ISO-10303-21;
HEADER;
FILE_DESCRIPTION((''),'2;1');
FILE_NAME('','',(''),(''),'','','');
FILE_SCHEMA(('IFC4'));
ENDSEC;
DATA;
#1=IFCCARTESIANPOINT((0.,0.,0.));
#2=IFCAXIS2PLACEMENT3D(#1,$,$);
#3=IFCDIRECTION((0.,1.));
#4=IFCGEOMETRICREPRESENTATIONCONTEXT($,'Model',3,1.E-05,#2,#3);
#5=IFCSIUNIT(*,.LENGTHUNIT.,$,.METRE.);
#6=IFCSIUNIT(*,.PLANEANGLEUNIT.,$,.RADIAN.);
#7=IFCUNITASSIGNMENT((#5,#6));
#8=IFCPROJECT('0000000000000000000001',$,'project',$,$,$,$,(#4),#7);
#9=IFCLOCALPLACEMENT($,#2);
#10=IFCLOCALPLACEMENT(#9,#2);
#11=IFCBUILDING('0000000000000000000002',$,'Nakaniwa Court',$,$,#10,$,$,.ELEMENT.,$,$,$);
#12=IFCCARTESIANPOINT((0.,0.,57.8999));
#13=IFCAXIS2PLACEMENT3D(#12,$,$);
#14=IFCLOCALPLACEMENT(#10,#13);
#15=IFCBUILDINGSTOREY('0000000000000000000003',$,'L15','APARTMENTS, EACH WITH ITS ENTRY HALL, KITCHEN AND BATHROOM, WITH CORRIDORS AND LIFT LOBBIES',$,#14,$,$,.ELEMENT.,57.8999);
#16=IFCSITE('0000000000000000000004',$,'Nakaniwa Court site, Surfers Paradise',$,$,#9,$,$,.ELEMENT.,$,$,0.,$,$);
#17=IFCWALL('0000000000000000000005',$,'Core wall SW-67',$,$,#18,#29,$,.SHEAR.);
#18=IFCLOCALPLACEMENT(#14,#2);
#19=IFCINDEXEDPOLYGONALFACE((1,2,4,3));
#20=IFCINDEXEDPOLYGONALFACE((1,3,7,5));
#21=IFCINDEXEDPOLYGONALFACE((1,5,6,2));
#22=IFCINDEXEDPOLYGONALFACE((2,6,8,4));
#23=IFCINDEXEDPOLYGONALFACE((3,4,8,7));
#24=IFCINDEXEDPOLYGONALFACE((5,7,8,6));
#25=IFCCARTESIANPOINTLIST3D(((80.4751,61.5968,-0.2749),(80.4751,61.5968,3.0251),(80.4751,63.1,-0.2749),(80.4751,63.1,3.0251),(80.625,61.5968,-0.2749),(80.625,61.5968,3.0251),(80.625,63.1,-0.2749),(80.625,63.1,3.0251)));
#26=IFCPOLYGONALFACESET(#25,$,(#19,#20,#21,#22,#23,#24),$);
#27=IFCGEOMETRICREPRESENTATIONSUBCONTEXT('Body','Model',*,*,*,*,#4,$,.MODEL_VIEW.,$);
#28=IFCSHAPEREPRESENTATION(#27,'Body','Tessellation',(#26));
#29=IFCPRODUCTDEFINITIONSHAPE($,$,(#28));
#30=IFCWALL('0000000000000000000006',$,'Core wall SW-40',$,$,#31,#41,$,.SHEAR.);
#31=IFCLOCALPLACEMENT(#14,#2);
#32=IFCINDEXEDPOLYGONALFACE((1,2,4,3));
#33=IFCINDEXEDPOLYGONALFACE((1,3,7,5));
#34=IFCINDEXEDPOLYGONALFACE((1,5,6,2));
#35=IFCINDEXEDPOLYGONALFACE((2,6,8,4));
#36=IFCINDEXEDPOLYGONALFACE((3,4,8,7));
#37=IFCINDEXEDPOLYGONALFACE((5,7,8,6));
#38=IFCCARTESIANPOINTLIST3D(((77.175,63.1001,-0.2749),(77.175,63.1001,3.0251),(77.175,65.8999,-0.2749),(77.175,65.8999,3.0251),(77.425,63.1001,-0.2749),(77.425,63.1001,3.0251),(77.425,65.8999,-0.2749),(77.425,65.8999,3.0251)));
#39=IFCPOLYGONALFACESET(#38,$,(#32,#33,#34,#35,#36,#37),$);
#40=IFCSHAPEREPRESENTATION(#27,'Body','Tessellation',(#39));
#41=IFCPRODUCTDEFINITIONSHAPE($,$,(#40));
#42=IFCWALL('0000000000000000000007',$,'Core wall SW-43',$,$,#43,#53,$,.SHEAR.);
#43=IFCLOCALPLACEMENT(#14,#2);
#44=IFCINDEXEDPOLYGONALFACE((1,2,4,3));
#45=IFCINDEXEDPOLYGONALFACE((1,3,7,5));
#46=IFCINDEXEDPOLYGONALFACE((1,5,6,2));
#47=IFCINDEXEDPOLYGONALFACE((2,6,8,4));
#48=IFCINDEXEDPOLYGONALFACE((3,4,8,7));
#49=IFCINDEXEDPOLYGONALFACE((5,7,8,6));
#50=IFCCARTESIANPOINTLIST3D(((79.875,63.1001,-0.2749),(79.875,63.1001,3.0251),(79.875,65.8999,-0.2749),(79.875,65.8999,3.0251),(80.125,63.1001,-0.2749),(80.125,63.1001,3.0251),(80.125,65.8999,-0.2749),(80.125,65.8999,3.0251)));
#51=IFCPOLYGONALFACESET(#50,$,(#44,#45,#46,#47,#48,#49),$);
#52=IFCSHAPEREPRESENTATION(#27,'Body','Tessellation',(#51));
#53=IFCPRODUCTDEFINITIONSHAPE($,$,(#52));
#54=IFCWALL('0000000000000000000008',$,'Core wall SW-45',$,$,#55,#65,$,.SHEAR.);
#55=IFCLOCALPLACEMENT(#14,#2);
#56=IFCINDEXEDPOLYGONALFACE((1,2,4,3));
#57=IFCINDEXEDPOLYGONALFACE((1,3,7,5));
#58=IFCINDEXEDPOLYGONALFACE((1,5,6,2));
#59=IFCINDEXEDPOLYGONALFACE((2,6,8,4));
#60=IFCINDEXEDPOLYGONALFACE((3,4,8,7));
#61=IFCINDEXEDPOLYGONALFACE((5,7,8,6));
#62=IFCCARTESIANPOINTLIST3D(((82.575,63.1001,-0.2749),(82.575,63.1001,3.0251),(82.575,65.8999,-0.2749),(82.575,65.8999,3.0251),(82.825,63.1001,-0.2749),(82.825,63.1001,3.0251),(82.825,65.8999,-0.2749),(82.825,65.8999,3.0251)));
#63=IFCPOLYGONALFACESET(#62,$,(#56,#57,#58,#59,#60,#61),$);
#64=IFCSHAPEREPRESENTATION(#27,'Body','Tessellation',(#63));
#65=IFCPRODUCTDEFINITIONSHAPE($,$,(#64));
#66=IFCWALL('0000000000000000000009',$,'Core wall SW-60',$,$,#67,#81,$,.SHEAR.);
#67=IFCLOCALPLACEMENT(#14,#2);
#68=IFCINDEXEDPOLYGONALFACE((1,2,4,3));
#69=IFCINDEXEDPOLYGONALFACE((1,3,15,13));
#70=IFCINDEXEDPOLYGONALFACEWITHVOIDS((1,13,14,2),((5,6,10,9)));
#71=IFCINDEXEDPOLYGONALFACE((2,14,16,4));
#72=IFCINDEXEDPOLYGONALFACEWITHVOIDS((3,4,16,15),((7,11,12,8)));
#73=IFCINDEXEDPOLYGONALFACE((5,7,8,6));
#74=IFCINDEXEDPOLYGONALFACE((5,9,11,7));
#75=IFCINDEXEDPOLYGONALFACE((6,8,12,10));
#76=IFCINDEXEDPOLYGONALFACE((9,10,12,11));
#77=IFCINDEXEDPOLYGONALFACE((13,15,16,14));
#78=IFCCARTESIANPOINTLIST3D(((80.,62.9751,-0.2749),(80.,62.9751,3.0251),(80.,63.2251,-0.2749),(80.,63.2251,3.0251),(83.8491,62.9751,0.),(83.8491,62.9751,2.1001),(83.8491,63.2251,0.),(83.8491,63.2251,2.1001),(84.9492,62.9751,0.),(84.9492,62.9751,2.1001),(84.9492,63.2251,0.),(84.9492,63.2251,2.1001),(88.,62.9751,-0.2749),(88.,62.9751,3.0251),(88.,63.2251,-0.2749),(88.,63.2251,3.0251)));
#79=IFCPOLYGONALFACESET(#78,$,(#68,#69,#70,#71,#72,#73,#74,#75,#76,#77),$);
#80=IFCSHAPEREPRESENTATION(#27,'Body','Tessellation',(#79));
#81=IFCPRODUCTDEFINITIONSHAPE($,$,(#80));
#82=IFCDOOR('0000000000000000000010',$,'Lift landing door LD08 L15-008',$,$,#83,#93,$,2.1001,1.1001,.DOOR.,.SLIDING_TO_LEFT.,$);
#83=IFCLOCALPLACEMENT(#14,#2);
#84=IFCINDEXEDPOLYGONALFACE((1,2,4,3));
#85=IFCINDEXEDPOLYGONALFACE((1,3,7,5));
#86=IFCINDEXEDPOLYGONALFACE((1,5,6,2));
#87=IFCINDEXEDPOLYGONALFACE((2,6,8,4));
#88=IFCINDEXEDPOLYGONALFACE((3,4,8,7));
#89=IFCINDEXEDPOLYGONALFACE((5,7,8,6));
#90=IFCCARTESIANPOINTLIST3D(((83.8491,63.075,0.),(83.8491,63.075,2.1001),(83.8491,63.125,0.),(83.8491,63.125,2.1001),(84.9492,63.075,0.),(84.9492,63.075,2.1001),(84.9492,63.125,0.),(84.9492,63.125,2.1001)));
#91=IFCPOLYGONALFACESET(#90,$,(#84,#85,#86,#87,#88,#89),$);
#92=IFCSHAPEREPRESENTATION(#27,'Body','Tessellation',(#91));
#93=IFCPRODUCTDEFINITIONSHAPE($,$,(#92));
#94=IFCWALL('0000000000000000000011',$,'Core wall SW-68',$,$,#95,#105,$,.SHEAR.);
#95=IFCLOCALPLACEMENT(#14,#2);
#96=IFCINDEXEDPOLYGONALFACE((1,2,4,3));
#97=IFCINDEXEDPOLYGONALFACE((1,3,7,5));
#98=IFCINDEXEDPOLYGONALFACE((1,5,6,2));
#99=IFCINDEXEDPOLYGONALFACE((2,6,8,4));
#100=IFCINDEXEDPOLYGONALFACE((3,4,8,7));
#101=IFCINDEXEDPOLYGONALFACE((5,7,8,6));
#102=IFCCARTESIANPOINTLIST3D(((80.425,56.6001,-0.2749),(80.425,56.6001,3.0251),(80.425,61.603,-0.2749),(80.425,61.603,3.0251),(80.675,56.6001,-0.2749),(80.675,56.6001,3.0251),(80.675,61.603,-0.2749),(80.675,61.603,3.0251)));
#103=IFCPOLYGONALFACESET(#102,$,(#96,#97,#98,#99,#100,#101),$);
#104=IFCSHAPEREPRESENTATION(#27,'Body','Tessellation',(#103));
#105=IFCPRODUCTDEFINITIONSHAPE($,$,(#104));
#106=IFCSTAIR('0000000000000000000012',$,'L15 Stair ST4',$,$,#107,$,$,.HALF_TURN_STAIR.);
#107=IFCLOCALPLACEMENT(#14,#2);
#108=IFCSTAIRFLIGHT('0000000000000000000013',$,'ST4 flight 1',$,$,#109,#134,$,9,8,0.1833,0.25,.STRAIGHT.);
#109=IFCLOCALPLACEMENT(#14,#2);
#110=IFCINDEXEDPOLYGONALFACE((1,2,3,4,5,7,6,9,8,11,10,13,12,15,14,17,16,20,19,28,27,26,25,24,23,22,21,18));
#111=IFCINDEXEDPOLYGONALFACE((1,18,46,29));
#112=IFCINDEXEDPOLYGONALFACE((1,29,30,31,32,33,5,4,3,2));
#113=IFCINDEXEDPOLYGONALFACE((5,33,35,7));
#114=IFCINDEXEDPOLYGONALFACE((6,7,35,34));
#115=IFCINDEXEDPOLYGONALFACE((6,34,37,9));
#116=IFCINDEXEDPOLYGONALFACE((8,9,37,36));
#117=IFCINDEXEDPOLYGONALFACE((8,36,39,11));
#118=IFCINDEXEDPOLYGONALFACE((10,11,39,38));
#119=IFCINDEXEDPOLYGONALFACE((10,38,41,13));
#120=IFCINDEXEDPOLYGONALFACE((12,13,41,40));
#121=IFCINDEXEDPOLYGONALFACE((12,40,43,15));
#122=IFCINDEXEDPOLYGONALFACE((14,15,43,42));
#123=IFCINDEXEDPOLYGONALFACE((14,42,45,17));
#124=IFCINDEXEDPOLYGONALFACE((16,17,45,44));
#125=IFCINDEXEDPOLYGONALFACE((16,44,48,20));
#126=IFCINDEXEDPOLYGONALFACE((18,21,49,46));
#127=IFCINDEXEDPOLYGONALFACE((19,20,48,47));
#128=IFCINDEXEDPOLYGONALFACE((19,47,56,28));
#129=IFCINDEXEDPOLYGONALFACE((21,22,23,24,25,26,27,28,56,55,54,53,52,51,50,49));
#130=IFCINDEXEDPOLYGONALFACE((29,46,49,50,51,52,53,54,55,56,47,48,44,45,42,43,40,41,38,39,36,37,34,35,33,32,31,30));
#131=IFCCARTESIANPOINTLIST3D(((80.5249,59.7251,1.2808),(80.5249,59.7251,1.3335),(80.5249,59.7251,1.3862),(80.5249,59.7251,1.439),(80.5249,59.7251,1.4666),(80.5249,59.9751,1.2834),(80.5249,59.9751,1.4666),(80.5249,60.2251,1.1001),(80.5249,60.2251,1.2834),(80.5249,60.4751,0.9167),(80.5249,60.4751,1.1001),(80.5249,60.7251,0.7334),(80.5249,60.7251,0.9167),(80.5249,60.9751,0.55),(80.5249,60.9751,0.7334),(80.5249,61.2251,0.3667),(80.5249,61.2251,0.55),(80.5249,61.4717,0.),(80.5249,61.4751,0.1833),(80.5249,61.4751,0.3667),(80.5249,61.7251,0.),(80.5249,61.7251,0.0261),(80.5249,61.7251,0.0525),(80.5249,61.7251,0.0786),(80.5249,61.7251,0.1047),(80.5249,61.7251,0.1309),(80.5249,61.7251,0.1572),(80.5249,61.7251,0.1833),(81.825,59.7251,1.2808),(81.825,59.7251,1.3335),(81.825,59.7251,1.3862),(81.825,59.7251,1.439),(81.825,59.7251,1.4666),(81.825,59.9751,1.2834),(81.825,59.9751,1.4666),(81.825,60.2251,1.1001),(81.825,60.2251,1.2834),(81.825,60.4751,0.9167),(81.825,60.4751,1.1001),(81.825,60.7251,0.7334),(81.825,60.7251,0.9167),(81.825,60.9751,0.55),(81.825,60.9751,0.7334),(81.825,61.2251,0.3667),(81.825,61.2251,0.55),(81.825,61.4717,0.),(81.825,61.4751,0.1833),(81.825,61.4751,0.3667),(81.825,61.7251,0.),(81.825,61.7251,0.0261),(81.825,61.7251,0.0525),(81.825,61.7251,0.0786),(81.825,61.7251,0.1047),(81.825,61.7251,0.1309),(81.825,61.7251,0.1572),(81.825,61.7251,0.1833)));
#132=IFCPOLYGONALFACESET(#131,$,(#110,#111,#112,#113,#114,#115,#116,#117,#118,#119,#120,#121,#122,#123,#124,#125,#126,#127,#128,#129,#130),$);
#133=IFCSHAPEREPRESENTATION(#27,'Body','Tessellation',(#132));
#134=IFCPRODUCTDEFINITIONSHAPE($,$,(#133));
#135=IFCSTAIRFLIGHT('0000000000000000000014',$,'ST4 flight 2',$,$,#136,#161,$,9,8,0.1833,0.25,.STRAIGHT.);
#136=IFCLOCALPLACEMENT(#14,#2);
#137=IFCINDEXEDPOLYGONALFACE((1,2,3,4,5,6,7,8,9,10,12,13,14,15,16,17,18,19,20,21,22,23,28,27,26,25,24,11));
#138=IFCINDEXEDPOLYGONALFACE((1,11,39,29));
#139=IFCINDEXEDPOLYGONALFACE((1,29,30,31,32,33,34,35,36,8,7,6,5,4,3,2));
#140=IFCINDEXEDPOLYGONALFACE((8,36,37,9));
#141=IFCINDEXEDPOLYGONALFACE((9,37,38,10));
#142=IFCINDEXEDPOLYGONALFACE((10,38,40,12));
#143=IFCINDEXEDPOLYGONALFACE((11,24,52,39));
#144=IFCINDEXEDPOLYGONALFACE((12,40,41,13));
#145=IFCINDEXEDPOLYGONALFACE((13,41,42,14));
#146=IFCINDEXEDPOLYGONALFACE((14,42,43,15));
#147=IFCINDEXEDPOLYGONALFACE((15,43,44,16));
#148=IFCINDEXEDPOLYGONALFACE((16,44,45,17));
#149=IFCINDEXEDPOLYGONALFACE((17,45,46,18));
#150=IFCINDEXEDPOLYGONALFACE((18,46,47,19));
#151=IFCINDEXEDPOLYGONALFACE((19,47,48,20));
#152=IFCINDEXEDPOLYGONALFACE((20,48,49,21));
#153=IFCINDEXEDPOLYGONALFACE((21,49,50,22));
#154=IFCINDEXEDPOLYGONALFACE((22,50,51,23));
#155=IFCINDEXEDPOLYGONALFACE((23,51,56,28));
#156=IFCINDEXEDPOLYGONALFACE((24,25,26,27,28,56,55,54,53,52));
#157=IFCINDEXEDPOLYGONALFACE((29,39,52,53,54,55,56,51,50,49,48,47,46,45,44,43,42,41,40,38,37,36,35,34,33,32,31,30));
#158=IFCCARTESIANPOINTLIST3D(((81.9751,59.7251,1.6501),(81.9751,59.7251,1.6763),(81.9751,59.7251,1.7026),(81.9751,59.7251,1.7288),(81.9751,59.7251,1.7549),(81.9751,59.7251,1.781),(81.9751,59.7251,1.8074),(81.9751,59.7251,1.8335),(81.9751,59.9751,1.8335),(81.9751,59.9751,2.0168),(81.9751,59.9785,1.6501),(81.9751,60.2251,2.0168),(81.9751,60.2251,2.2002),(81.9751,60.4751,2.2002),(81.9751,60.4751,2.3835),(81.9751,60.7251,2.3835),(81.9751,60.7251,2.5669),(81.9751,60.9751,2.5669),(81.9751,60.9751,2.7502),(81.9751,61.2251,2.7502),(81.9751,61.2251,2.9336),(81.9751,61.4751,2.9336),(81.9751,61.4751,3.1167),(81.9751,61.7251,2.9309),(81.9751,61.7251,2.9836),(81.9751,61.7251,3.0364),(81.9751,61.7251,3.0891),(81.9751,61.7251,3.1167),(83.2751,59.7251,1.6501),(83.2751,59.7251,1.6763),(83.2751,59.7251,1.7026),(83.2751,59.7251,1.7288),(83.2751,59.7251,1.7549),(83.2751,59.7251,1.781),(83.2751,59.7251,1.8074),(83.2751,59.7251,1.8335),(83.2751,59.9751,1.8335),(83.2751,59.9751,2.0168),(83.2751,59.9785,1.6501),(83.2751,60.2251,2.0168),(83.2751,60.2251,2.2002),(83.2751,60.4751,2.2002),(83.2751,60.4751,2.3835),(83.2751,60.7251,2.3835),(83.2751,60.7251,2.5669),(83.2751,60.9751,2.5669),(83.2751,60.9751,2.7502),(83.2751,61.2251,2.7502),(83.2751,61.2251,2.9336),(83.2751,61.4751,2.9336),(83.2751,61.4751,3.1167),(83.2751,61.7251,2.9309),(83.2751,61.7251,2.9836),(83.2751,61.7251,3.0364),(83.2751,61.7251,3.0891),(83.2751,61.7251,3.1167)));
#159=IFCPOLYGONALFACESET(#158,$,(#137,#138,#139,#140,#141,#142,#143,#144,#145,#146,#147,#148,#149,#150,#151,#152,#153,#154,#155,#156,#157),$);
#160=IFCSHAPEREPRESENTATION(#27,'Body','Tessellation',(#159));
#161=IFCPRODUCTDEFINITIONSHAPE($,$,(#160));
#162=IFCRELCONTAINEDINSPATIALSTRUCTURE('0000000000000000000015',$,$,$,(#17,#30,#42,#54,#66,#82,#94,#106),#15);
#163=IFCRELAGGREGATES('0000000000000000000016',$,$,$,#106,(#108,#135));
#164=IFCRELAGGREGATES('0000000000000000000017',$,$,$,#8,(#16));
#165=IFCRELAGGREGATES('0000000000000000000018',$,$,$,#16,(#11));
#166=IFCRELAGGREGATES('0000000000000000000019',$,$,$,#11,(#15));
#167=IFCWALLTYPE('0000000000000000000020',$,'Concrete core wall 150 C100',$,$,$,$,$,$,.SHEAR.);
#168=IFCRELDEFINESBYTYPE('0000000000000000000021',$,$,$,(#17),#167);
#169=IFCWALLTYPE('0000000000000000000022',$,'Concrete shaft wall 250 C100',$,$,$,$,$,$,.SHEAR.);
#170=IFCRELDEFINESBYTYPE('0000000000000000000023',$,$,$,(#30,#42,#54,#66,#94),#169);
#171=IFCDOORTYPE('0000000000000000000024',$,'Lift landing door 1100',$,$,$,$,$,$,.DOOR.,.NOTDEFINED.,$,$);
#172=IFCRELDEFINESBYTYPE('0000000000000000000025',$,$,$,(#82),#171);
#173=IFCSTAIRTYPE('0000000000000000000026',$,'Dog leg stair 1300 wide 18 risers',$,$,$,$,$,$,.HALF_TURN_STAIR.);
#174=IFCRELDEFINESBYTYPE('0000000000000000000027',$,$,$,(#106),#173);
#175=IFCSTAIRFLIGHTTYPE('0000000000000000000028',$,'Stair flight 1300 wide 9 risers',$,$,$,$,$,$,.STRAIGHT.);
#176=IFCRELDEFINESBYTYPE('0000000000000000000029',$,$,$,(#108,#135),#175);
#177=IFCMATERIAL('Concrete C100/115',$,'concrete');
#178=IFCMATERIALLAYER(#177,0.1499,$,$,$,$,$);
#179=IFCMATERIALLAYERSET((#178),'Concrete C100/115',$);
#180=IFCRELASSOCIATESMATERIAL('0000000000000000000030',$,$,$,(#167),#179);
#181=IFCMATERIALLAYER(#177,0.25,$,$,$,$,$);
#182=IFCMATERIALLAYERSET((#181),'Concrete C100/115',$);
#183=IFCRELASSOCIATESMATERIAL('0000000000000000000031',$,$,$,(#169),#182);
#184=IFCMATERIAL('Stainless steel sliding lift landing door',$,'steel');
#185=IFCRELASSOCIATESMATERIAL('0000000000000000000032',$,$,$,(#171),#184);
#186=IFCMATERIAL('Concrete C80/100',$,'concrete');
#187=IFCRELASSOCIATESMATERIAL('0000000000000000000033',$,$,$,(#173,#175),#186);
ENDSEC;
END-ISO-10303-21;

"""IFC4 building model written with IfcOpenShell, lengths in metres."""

from ifc_helpers import new_model, si_unit, direction, frame, frame_2d, origin, place, context, subcontext, project, spatial, polyline, rectangle, outline, extrude, material, layer, layer_set, type_object, element, fill, aggregate, save


model = new_model("IFC4")

# Units and contexts
model_context = context("Model", 3, precision=1e-05, world=origin(), true_north=direction((0.0, 1.0)))
body_context = subcontext(model_context, "Body", "Model", "MODEL_VIEW")
ifc_project = project(units=[si_unit("LENGTHUNIT", "METRE"), si_unit("PLANEANGLEUNIT", "RADIAN")], contexts=[model_context])

# Site, building, storey
site_placement = place(None, origin())
site = spatial("IfcSite", under=ifc_project, at=site_placement, Name="Nakaniwa Court site, Surfers Paradise", CompositionType="ELEMENT", RefElevation=0.0)
building_placement = place(site_placement, origin())
building = spatial("IfcBuilding", under=site, at=building_placement, Name="Nakaniwa Court", CompositionType="ELEMENT")
storey_placement = place(building_placement, frame((0.0, 0.0, 57.8999)))
storey = spatial("IfcBuildingStorey", under=building, at=storey_placement, Name="L15", Description="APARTMENTS, EACH WITH ITS ENTRY HALL, KITCHEN AND BATHROOM, WITH CORRIDORS AND LIFT LOBBIES", CompositionType="ELEMENT", Elevation=57.8999)

# Shared definitions
ifc_material_1 = material(Name="Concrete C80/100", Category="concrete")

# Walls
ifc_material_2 = material(Name="Concrete C100/115", Category="concrete")
ifc_layer_1 = layer(ifc_material_2, 0.1499)
ifc_layer_set_1 = layer_set([ifc_layer_1], Name="Concrete C100/115")
wall_type_1 = type_object("IfcWallType", Name="Concrete core wall 150 C100", PredefinedType="SHEAR", material=ifc_layer_set_1)
wall_1_placement = place(storey_placement, frame((80.55, 61.5969, -0.2749), z_axis=(0.0, 0.0, 1.0), x_axis=(0.0, 1.0, 0.0)))
element("IfcWall", 1, at=wall_1_placement, inside=storey, type_object=wall_type_1, Name="Core wall SW-67", PredefinedType="SHEAR", context=body_context, shape_type="SweptSolid", body=[
    extrude(rectangle(XDim=1.5032, YDim=0.1499, at=frame_2d((0.7515, 0.0))), origin(), (0.0, 0.0, 1.0), 3.3),
])
ifc_layer_2 = layer(ifc_material_2, 0.25)
ifc_layer_set_2 = layer_set([ifc_layer_2], Name="Concrete C100/115")
wall_type_2 = type_object("IfcWallType", Name="Concrete shaft wall 250 C100", PredefinedType="SHEAR", material=ifc_layer_set_2)
for number, where, z_axis, x_axis, name in (
    (2, (77.3, 63.1001, -0.2749), (0.0, 0.0, 1.0), (0.0, 1.0, 0.0), "Core wall SW-40"),
    (3, (80.0, 63.1001, -0.2749), (0.0, 0.0, 1.0), (0.0, 1.0, 0.0), "Core wall SW-43"),
    (4, (82.7, 63.1001, -0.2749), (0.0, 0.0, 1.0), (0.0, 1.0, 0.0), "Core wall SW-45"),
):
    element("IfcWall", number, at=place(storey_placement, frame(where, z_axis=z_axis, x_axis=x_axis)), inside=storey, type_object=wall_type_2, Name=name, PredefinedType="SHEAR", context=body_context, shape_type="SweptSolid", body=[
        extrude(rectangle(XDim=2.7998, YDim=0.25, at=frame_2d((1.3999, 0.0))), origin(), (0.0, 0.0, 1.0), 3.3),
    ])

# Wall, opening, door
wall_2_placement = place(storey_placement, frame((80.0, 63.1001, -0.2749), z_axis=(0.0, 0.0, 1.0), x_axis=(1.0, 0.0, 0.0)))
wall_2 = element("IfcWall", 5, at=wall_2_placement, inside=storey, type_object=wall_type_2, Name="Core wall SW-60", PredefinedType="SHEAR", context=body_context, shape_type="SweptSolid", body=[
    extrude(rectangle(XDim=8.0, YDim=0.25, at=frame_2d((4.0, 0.0))), origin(), (0.0, 0.0, 1.0), 3.3),
])
opening_1_placement = place(wall_2_placement, frame((3.8491, 0.0, 0.2749)))
opening_1 = element("IfcOpeningElement", 6, at=opening_1_placement, cuts=wall_2, PredefinedType="OPENING", context=body_context, shape_type="SweptSolid", body=[
    extrude(rectangle(XDim=1.1001, YDim=2.1001, at=frame_2d((0.55, 1.05))), frame((0.0, 0.135, 0.0), z_axis=(0.0, -1.0, 0.0), x_axis=(1.0, 0.0, 0.0)), (0.0, 0.0, 1.0), 0.27),
])
ifc_material_3 = material(Name="Stainless steel sliding lift landing door", Category="steel")
door_type_1 = type_object("IfcDoorType", Name="Lift landing door 1100", OperationType="NOTDEFINED", PredefinedType="DOOR", material=ifc_material_3)
door_1_placement = place(opening_1_placement, origin())
door_1 = element("IfcDoor", 7, at=door_1_placement, inside=storey, type_object=door_type_1, Name="Lift landing door LD08 L15-008", OperationType="SLIDING_TO_LEFT", OverallHeight=2.1001, OverallWidth=1.1001, PredefinedType="DOOR", context=body_context, shape_type="SweptSolid", body=[
    extrude(rectangle(XDim=1.1001, YDim=2.1001, at=frame_2d((0.55, 1.05))), frame((0.0, 0.0249, 0.0), z_axis=(0.0, -1.0, 0.0), x_axis=(1.0, 0.0, 0.0)), (0.0, 0.0, 1.0), 0.05),
])
fill(opening_1, door_1)

# Wall
wall_3_placement = place(storey_placement, frame((80.55, 56.6001, -0.2749), z_axis=(0.0, 0.0, 1.0), x_axis=(0.0, 1.0, 0.0)))
element("IfcWall", 8, at=wall_3_placement, inside=storey, type_object=wall_type_2, Name="Core wall SW-68", PredefinedType="SHEAR", context=body_context, shape_type="SweptSolid", body=[
    extrude(rectangle(XDim=5.0029, YDim=0.25, at=frame_2d((2.5015, 0.0))), origin(), (0.0, 0.0, 1.0), 3.3),
])

# Stair, stair flights
stair_type = type_object("IfcStairType", Name="Dog leg stair 1300 wide 18 risers", PredefinedType="HALF_TURN_STAIR", material=ifc_material_1)
stair_placement = place(storey_placement, origin())
stair = element("IfcStair", 9, at=stair_placement, inside=storey, type_object=stair_type, Name="L15 Stair ST4", PredefinedType="HALF_TURN_STAIR")
stair_flight_type = type_object("IfcStairFlightType", Name="Stair flight 1300 wide 9 risers", PredefinedType="STRAIGHT", material=ifc_material_1)
stair_flight_1_placement = place(storey_placement, frame((81.175, 61.7251, 0.0), z_axis=(0.0, 0.0, 1.0), x_axis=(0.0, -1.0, 0.0)))
stair_flight_1 = element("IfcStairFlight", 10, at=stair_flight_1_placement, type_object=stair_flight_type, Name="ST4 flight 1", NumberOfRisers=9, NumberOfTreads=8, PredefinedType="STRAIGHT", RiserHeight=0.1833, TreadLength=0.25, context=body_context, shape_type="SweptSolid", body=[
    extrude(outline(polyline([(0.0, 0.0), (0.0, 0.0261), (0.0, 0.0525), (0.0, 0.0786), (0.0, 0.1047), (0.0, 0.1309), (0.0, 0.1572), (0.0, 0.1833), (0.25, 0.1833), (0.25, 0.3667), (0.5, 0.3667), (0.5, 0.55), (0.75, 0.55), (0.75, 0.7334), (1.0, 0.7334), (1.0, 0.9167), (1.25, 0.9167), (1.25, 1.1001), (1.5, 1.1001), (1.5, 1.2834), (1.75, 1.2834), (1.75, 1.4666), (2.0, 1.4666), (2.0, 1.6499), (2.0, 1.5972), (2.0, 1.5444), (2.0, 1.4917), (2.0, 1.439), (2.0, 1.3862), (2.0, 1.3335), (2.0, 1.2808), (0.2534, 0.0), (0.0, 0.0)])), frame((0.0, 0.6499, 0.0), z_axis=(0.0, -1.0, 0.0), x_axis=(1.0, 0.0, 0.0)), (0.0, 0.0, 1.0), 1.3),
])
stair_flight_2_placement = place(storey_placement, frame((82.625, 59.7251, 1.6501), z_axis=(0.0, 0.0, 1.0), x_axis=(0.0, 1.0, 0.0)))
stair_flight_2 = element("IfcStairFlight", 11, at=stair_flight_2_placement, type_object=stair_flight_type, Name="ST4 flight 2", NumberOfRisers=9, NumberOfTreads=8, PredefinedType="STRAIGHT", RiserHeight=0.1833, TreadLength=0.25, context=body_context, shape_type="SweptSolid", body=[
    extrude(outline(polyline([(0.0, 0.0), (0.0, 0.0261), (0.0, 0.0525), (0.0, 0.0786), (0.0, 0.1047), (0.0, 0.1309), (0.0, 0.1572), (0.0, 0.1833), (0.25, 0.1833), (0.25, 0.3667), (0.5, 0.3667), (0.5, 0.55), (0.75, 0.55), (0.75, 0.7334), (1.0, 0.7334), (1.0, 0.9167), (1.25, 0.9167), (1.25, 1.1001), (1.5, 1.1001), (1.5, 1.2834), (1.75, 1.2834), (1.75, 1.4666), (2.0, 1.4666), (2.0, 1.6499), (2.0, 1.5972), (2.0, 1.5444), (2.0, 1.4917), (2.0, 1.439), (2.0, 1.3862), (2.0, 1.3335), (2.0, 1.2808), (0.2534, 0.0), (0.0, 0.0)])), frame((0.0, 0.6499, 0.0), z_axis=(0.0, -1.0, 0.0), x_axis=(1.0, 0.0, 0.0)), (0.0, 0.0, 1.0), 1.3),
])
aggregate(stair, [stair_flight_1, stair_flight_2])

save(model, "model.ifc")
